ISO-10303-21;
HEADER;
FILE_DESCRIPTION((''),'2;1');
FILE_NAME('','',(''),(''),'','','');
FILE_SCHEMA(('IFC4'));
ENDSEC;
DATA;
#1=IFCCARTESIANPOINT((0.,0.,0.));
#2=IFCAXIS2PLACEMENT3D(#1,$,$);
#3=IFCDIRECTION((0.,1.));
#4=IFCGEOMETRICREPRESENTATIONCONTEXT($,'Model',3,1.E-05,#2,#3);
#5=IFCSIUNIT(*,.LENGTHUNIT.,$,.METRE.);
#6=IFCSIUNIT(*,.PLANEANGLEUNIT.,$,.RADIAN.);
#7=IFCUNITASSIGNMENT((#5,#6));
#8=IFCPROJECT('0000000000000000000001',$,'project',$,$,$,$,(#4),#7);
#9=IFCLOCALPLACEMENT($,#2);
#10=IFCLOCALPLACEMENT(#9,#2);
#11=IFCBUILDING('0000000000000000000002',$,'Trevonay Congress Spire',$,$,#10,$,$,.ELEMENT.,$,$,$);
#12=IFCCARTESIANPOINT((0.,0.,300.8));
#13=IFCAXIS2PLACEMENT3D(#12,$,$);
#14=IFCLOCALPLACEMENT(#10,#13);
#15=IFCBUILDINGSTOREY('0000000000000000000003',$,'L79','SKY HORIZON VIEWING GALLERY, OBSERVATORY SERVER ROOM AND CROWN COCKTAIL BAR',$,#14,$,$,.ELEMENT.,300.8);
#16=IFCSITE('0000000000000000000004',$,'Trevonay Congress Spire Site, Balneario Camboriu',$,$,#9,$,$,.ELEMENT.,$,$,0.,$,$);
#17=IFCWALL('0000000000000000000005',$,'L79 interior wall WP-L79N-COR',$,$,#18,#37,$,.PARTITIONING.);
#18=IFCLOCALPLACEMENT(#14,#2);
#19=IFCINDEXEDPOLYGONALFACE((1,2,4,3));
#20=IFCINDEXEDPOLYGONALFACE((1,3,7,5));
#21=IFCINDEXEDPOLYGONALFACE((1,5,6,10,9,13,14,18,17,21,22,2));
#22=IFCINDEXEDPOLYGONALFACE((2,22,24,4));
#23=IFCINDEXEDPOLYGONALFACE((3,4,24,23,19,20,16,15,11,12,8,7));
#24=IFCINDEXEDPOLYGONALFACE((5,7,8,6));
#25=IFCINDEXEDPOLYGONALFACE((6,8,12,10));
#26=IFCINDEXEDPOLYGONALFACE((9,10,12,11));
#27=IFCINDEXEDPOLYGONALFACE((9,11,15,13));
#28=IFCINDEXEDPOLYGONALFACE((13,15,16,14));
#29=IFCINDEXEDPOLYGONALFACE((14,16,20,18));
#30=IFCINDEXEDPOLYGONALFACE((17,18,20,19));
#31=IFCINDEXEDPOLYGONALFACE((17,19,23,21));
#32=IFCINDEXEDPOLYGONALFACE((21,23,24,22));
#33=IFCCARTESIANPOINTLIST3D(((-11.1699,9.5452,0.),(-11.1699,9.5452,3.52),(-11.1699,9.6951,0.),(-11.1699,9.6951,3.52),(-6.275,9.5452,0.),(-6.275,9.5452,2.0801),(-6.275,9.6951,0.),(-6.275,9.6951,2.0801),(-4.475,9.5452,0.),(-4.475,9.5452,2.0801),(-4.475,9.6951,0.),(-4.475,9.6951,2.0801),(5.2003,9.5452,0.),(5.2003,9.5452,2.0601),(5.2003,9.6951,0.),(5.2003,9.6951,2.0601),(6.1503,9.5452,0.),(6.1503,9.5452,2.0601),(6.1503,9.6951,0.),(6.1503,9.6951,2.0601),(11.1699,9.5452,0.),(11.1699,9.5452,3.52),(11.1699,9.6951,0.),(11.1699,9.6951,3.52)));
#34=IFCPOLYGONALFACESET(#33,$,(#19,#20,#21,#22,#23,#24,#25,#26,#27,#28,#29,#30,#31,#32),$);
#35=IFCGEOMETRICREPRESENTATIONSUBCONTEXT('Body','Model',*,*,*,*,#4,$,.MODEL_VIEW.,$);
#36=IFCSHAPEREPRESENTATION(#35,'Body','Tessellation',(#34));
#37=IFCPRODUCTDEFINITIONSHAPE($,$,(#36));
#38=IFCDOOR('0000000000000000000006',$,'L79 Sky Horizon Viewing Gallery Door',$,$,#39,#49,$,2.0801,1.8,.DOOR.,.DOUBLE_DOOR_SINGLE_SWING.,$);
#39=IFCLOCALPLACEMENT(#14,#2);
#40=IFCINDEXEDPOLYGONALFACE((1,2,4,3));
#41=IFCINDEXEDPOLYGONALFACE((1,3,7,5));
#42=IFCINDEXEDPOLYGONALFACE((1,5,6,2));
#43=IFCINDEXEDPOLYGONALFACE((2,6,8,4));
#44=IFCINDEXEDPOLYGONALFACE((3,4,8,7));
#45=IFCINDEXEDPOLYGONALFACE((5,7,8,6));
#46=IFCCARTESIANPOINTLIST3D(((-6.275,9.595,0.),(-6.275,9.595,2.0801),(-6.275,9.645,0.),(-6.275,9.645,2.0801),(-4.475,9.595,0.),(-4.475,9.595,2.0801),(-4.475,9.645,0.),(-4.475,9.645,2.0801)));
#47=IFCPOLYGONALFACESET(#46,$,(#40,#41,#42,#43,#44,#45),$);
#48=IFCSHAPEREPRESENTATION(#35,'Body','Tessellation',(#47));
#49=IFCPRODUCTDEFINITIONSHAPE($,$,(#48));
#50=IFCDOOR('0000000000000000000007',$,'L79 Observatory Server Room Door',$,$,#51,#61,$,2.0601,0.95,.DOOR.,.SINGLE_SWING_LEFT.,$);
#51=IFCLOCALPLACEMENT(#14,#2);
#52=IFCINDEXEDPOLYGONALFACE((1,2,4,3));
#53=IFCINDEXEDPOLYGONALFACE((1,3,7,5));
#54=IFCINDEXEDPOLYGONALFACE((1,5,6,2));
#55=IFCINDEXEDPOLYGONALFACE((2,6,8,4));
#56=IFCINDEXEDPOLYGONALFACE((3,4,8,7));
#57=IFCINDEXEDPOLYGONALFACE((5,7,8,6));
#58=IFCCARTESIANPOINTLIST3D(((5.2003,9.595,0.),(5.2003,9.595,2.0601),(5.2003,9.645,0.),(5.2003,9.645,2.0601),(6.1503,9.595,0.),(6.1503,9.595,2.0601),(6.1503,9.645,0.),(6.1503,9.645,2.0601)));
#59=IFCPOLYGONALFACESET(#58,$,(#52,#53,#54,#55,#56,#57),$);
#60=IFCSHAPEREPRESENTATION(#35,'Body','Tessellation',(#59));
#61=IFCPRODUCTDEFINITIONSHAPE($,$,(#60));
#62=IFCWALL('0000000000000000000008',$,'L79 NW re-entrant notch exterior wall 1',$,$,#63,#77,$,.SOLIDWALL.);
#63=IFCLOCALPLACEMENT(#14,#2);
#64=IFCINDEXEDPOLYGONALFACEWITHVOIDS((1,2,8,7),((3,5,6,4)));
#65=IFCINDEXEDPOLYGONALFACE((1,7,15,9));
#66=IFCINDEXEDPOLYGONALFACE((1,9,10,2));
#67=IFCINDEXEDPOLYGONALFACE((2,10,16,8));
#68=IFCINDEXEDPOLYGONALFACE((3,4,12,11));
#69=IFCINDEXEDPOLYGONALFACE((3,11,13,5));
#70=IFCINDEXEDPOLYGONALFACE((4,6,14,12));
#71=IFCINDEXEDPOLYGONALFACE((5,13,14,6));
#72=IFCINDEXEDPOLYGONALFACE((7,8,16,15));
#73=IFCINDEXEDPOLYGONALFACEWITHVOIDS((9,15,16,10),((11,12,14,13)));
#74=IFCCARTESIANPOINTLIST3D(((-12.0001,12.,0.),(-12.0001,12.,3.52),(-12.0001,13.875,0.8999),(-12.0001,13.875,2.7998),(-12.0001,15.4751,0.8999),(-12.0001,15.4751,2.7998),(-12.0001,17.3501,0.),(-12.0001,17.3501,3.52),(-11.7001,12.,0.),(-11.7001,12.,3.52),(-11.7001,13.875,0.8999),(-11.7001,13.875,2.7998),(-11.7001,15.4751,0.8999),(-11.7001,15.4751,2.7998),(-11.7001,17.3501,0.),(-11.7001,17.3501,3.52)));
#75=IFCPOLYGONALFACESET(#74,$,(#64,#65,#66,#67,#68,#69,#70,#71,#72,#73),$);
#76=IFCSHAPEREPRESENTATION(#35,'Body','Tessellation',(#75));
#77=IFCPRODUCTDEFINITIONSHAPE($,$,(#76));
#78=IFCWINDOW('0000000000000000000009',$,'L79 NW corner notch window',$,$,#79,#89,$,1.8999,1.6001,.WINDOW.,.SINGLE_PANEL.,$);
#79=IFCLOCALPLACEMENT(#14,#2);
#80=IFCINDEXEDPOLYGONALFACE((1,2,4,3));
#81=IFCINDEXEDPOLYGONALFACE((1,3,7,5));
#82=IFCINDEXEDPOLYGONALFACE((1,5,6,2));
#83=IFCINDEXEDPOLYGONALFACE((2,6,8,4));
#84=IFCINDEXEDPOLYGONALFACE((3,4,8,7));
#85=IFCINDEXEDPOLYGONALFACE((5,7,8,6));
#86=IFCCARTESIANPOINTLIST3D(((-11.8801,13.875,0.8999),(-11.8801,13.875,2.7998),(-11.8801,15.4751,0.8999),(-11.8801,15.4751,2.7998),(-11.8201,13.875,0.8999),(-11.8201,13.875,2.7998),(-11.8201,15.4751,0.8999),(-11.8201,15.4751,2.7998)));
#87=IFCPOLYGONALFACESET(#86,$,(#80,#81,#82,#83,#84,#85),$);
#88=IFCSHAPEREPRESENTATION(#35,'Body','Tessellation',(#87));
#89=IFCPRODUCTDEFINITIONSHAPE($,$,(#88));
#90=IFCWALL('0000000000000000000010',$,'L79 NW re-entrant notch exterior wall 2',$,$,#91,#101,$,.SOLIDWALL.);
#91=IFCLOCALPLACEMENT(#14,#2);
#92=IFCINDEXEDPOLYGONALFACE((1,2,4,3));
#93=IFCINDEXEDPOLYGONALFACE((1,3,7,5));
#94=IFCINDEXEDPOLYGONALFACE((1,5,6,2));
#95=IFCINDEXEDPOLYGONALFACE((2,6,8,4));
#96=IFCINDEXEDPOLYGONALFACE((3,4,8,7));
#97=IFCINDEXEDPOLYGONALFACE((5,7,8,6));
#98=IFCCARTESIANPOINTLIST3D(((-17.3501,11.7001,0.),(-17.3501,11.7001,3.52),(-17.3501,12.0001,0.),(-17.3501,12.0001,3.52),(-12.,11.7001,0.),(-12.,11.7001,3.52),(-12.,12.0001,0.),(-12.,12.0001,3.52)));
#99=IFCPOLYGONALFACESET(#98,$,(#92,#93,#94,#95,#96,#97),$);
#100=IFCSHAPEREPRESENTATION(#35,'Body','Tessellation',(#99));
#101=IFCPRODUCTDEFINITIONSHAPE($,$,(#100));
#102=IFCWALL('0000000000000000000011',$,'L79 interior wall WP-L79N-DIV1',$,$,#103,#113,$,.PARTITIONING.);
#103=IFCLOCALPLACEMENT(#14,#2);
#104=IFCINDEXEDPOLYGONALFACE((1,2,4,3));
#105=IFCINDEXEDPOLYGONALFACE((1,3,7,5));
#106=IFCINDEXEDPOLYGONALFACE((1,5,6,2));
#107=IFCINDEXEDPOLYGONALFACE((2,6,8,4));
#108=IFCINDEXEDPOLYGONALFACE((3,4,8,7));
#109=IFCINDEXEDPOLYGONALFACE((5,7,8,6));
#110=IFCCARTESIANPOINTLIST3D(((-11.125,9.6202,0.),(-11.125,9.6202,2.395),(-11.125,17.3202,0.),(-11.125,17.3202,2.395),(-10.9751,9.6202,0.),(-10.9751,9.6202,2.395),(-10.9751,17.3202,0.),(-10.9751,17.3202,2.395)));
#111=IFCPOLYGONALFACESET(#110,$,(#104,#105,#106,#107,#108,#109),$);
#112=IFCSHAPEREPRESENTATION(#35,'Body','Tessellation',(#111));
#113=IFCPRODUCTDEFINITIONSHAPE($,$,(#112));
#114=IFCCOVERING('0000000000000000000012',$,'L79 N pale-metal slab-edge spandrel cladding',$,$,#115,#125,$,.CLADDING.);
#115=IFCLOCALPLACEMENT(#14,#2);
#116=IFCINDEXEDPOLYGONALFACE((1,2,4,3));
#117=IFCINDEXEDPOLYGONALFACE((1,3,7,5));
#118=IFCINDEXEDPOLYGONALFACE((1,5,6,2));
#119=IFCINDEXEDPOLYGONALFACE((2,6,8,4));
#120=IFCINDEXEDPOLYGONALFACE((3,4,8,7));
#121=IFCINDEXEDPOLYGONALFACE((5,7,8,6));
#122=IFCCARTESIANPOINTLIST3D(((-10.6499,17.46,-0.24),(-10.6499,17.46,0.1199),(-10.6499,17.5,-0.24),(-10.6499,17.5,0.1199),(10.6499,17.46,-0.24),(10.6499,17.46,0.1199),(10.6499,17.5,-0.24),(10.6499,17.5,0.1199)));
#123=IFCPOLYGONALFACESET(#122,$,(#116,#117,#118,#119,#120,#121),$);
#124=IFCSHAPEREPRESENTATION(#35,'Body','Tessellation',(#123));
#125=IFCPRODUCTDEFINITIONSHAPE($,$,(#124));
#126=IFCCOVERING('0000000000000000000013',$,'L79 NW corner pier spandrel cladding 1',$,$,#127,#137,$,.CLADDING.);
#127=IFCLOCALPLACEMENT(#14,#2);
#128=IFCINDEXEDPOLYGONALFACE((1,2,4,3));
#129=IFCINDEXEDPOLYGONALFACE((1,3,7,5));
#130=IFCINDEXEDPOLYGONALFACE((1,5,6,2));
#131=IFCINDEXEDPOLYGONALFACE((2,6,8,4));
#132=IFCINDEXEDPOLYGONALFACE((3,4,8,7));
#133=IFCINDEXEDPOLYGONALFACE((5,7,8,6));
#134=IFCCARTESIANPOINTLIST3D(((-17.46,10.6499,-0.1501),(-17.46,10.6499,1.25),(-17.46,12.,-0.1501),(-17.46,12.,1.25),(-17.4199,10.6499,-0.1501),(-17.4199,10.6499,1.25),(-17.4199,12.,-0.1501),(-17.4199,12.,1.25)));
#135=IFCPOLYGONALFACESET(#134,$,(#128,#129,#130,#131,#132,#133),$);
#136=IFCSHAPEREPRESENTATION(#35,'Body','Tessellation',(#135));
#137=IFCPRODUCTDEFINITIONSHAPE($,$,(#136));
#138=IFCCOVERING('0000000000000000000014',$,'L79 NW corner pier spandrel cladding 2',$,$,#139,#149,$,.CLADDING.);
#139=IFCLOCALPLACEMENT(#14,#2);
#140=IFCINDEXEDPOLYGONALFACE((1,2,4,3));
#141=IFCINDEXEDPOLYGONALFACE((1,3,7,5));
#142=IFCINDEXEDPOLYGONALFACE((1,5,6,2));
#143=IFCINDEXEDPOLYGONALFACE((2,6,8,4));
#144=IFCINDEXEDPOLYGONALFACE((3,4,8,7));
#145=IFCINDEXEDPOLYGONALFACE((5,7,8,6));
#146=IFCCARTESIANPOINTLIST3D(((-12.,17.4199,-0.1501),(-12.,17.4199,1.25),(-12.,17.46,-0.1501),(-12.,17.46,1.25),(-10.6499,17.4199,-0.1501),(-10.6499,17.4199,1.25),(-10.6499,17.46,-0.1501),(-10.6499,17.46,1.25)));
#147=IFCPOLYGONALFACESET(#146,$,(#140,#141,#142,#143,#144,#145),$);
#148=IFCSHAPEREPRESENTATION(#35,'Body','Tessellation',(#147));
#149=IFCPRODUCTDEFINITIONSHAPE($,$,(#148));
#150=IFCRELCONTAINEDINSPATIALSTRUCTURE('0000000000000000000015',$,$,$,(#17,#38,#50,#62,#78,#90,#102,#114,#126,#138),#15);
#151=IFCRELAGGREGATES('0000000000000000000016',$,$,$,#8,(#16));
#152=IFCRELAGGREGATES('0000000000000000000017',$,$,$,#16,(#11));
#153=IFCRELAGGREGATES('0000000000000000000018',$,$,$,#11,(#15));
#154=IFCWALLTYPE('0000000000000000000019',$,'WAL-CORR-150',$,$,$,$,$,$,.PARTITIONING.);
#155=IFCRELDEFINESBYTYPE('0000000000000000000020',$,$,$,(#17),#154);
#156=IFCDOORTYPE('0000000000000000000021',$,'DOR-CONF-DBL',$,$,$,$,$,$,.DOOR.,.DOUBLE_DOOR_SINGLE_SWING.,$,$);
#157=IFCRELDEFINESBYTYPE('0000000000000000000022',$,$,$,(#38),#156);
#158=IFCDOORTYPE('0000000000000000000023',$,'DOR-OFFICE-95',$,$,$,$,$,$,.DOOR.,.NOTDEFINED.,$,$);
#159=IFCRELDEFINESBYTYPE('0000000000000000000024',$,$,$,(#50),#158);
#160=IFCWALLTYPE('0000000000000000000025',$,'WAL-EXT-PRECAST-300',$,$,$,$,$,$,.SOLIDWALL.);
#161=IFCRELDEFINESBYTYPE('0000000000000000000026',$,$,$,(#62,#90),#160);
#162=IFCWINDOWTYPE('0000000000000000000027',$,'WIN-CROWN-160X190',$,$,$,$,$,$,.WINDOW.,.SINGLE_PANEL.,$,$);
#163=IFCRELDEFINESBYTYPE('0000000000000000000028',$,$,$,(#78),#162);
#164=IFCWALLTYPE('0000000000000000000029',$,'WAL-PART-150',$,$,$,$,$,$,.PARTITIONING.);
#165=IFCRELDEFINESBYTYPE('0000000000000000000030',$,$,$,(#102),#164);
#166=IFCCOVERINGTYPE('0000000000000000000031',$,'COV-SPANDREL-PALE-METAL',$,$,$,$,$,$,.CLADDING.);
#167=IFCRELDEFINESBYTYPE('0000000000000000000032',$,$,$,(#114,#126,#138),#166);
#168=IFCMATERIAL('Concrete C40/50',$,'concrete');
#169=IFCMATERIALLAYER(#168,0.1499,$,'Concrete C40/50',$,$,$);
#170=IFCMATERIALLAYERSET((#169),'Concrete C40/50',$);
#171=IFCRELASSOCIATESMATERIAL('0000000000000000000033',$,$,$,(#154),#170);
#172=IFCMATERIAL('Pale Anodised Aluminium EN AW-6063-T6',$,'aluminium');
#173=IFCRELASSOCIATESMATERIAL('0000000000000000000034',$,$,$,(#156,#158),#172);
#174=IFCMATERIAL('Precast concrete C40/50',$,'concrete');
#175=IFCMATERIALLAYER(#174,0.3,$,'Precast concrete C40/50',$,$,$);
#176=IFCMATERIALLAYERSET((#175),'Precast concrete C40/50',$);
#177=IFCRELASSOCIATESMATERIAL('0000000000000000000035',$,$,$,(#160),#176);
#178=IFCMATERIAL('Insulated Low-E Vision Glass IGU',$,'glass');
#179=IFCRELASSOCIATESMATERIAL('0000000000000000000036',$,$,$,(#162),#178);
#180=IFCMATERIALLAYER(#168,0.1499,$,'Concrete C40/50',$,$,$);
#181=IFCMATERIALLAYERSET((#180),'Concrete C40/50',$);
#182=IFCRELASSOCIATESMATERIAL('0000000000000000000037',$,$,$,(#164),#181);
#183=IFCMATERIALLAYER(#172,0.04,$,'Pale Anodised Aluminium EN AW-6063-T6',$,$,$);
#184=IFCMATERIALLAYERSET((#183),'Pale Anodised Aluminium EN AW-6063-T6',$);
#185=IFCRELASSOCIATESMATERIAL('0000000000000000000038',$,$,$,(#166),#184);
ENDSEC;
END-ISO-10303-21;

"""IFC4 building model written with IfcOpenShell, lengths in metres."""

from ifc_helpers import new_model, si_unit, direction, frame, frame_2d, origin, place, context, subcontext, project, spatial, rectangle, extrude, material, layer, layer_set, type_object, element, fill, save


model = new_model("IFC4")

# Units and contexts
model_context = context("Model", 3, precision=1e-05, world=origin(), true_north=direction((0.0, 1.0)))
body_context = subcontext(model_context, "Body", "Model", "MODEL_VIEW")
ifc_project = project(units=[si_unit("LENGTHUNIT", "METRE"), si_unit("PLANEANGLEUNIT", "RADIAN")], contexts=[model_context])

# Site, building, storey
site_placement = place(None, origin())
site = spatial("IfcSite", under=ifc_project, at=site_placement, Name="Trevonay Congress Spire Site, Balneario Camboriu", CompositionType="ELEMENT", RefElevation=0.0)
building_placement = place(site_placement, origin())
building = spatial("IfcBuilding", under=site, at=building_placement, Name="Trevonay Congress Spire", CompositionType="ELEMENT")
storey_placement = place(building_placement, frame((0.0, 0.0, 300.8)))
storey = spatial("IfcBuildingStorey", under=building, at=storey_placement, Name="L79", Description="SKY HORIZON VIEWING GALLERY, OBSERVATORY SERVER ROOM AND CROWN COCKTAIL BAR", CompositionType="ELEMENT", Elevation=300.8)

# Shared definitions
ifc_material_1 = material(Name="Pale Anodised Aluminium EN AW-6063-T6", Category="aluminium")

# Shared definitions
ifc_material_2 = material(Name="Insulated Low-E Vision Glass IGU", Category="glass")

# Wall, openings, doors
ifc_material_3 = material(Name="Concrete C40/50", Category="concrete")
ifc_layer_1 = layer(ifc_material_3, 0.1499, Name="Concrete C40/50")
ifc_layer_set_1 = layer_set([ifc_layer_1], Name="Concrete C40/50")
wall_type_1 = type_object("IfcWallType", Name="WAL-CORR-150", PredefinedType="PARTITIONING", material=ifc_layer_set_1)
wall_1_placement = place(storey_placement, frame((-11.1699, 9.6201, 0.0), z_axis=(0.0, 0.0, 1.0), x_axis=(1.0, 0.0, 0.0)))
wall_1 = element("IfcWall", 1, at=wall_1_placement, inside=storey, type_object=wall_type_1, Name="L79 interior wall WP-L79N-COR", PredefinedType="PARTITIONING", context=body_context, shape_type="SweptSolid", body=[
    extrude(rectangle(XDim=22.3398, YDim=0.1499, at=frame_2d((11.1699, 0.0))), origin(), (0.0, 0.0, 1.0), 3.52),
])
opening_1_placement = place(wall_1_placement, frame((4.895, 0.0, 0.0)))
opening_1 = element("IfcOpeningElement", 2, at=opening_1_placement, cuts=wall_1, PredefinedType="OPENING", context=body_context, shape_type="SweptSolid", body=[
    extrude(rectangle(XDim=1.8, YDim=2.0801, at=frame_2d((0.8999, 1.04))), frame((0.0, 0.085, 0.0), z_axis=(0.0, -1.0, 0.0), x_axis=(1.0, 0.0, 0.0)), (0.0, 0.0, 1.0), 0.1699),
])
opening_2_placement = place(wall_1_placement, frame((16.3701, 0.0, 0.0)))
opening_2 = element("IfcOpeningElement", 3, at=opening_2_placement, cuts=wall_1, PredefinedType="OPENING", context=body_context, shape_type="SweptSolid", body=[
    extrude(rectangle(XDim=0.95, YDim=2.0601, at=frame_2d((0.4751, 1.03))), frame((0.0, 0.085, 0.0), z_axis=(0.0, -1.0, 0.0), x_axis=(1.0, 0.0, 0.0)), (0.0, 0.0, 1.0), 0.1699),
])
door_type_1 = type_object("IfcDoorType", Name="DOR-CONF-DBL", OperationType="DOUBLE_DOOR_SINGLE_SWING", PredefinedType="DOOR", material=ifc_material_1)
door_1_placement = place(opening_1_placement, origin())
door_1 = element("IfcDoor", 4, at=door_1_placement, inside=storey, type_object=door_type_1, Name="L79 Sky Horizon Viewing Gallery Door", OperationType="DOUBLE_DOOR_SINGLE_SWING", OverallHeight=2.0801, OverallWidth=1.8, PredefinedType="DOOR", context=body_context, shape_type="SweptSolid", body=[
    extrude(rectangle(XDim=1.8, YDim=2.0801, at=frame_2d((0.8999, 1.04))), frame((0.0, 0.0249, 0.0), z_axis=(0.0, -1.0, 0.0), x_axis=(1.0, 0.0, 0.0)), (0.0, 0.0, 1.0), 0.05),
])
fill(opening_1, door_1)
door_type_2 = type_object("IfcDoorType", Name="DOR-OFFICE-95", OperationType="NOTDEFINED", PredefinedType="DOOR", material=ifc_material_1)
door_2_placement = place(opening_2_placement, origin())
door_2 = element("IfcDoor", 5, at=door_2_placement, inside=storey, type_object=door_type_2, Name="L79 Observatory Server Room Door", OperationType="SINGLE_SWING_LEFT", OverallHeight=2.0601, OverallWidth=0.95, PredefinedType="DOOR", context=body_context, shape_type="SweptSolid", body=[
    extrude(rectangle(XDim=0.95, YDim=2.0601, at=frame_2d((0.4751, 1.03))), frame((0.0, 0.0249, 0.0), z_axis=(0.0, -1.0, 0.0), x_axis=(1.0, 0.0, 0.0)), (0.0, 0.0, 1.0), 0.05),
])
fill(opening_2, door_2)

# Wall, opening, window
ifc_material_4 = material(Name="Precast concrete C40/50", Category="concrete")
ifc_layer_2 = layer(ifc_material_4, 0.3, Name="Precast concrete C40/50")
ifc_layer_set_2 = layer_set([ifc_layer_2], Name="Precast concrete C40/50")
wall_type_2 = type_object("IfcWallType", Name="WAL-EXT-PRECAST-300", PredefinedType="SOLIDWALL", material=ifc_layer_set_2)
wall_2_placement = place(storey_placement, frame((-11.8501, 17.3501, 0.0), z_axis=(0.0, 0.0, 1.0), x_axis=(0.0, -1.0, 0.0)))
wall_2 = element("IfcWall", 6, at=wall_2_placement, inside=storey, type_object=wall_type_2, Name="L79 NW re-entrant notch exterior wall 1", PredefinedType="SOLIDWALL", context=body_context, shape_type="SweptSolid", body=[
    extrude(rectangle(XDim=5.3501, YDim=0.3, at=frame_2d((2.675, 0.0))), origin(), (0.0, 0.0, 1.0), 3.52),
])
opening_3_placement = place(wall_2_placement, frame((1.875, 0.0, 0.8999)))
opening_3 = element("IfcOpeningElement", 7, at=opening_3_placement, cuts=wall_2, PredefinedType="OPENING", context=body_context, shape_type="SweptSolid", body=[
    extrude(rectangle(XDim=1.6001, YDim=1.8999, at=frame_2d((0.8, 0.95))), frame((0.0, 0.1602, 0.0), z_axis=(0.0, -1.0, 0.0), x_axis=(1.0, 0.0, 0.0)), (0.0, 0.0, 1.0), 0.3201),
])
window_type = type_object("IfcWindowType", Name="WIN-CROWN-160X190", PartitioningType="SINGLE_PANEL", PredefinedType="WINDOW", material=ifc_material_2)
window_placement = place(opening_3_placement, origin())
window = element("IfcWindow", 8, at=window_placement, inside=storey, type_object=window_type, Name="L79 NW corner notch window", OverallHeight=1.8999, OverallWidth=1.6001, PartitioningType="SINGLE_PANEL", PredefinedType="WINDOW", context=body_context, shape_type="SweptSolid", body=[
    extrude(rectangle(XDim=1.6001, YDim=1.8999, at=frame_2d((0.8, 0.95))), frame((0.0, 0.03, 0.0), z_axis=(0.0, -1.0, 0.0), x_axis=(1.0, 0.0, 0.0)), (0.0, 0.0, 1.0), 0.0601),
])
fill(opening_3, window)

# Walls
wall_3_placement = place(storey_placement, frame((-17.3501, 11.8501, 0.0), z_axis=(0.0, 0.0, 1.0), x_axis=(1.0, 0.0, 0.0)))
element("IfcWall", 9, at=wall_3_placement, inside=storey, type_object=wall_type_2, Name="L79 NW re-entrant notch exterior wall 2", PredefinedType="SOLIDWALL", context=body_context, shape_type="SweptSolid", body=[
    extrude(rectangle(XDim=5.3501, YDim=0.3, at=frame_2d((2.675, 0.0))), origin(), (0.0, 0.0, 1.0), 3.52),
])
ifc_layer_3 = layer(ifc_material_3, 0.1499, Name="Concrete C40/50")
ifc_layer_set_3 = layer_set([ifc_layer_3], Name="Concrete C40/50")
wall_type_3 = type_object("IfcWallType", Name="WAL-PART-150", PredefinedType="PARTITIONING", material=ifc_layer_set_3)
wall_4_placement = place(storey_placement, frame((-11.05, 9.6201, 0.0), z_axis=(0.0, 0.0, 1.0), x_axis=(0.0, 1.0, 0.0)))
element("IfcWall", 10, at=wall_4_placement, inside=storey, type_object=wall_type_3, Name="L79 interior wall WP-L79N-DIV1", PredefinedType="PARTITIONING", context=body_context, shape_type="SweptSolid", body=[
    extrude(rectangle(XDim=7.7, YDim=0.1499, at=frame_2d((3.8501, 0.0))), origin(), (0.0, 0.0, 1.0), 2.395),
])

# Coverings
ifc_layer_4 = layer(ifc_material_1, 0.04, Name="Pale Anodised Aluminium EN AW-6063-T6")
ifc_layer_set_4 = layer_set([ifc_layer_4], Name="Pale Anodised Aluminium EN AW-6063-T6")
covering_type = type_object("IfcCoveringType", Name="COV-SPANDREL-PALE-METAL", PredefinedType="CLADDING", material=ifc_layer_set_4)
covering_placement = place(storey_placement, frame((-10.6499, 17.48, -0.24), z_axis=(0.0, 0.0, 1.0), x_axis=(1.0, 0.0, 0.0)))
element("IfcCovering", 11, at=covering_placement, inside=storey, type_object=covering_type, Name="L79 N pale-metal slab-edge spandrel cladding", PredefinedType="CLADDING", context=body_context, shape_type="SweptSolid", body=[
    extrude(rectangle(XDim=21.2998, YDim=0.04, at=frame_2d((10.6499, 0.0))), origin(), (0.0, 0.0, 1.0), 0.3599),
])
for number, where, z_axis, x_axis, name in (
    (12, (-17.4399, 10.6499, -0.1501), (0.0, 0.0, 1.0), (0.0, 1.0, 0.0), "L79 NW corner pier spandrel cladding 1"),
    (13, (-10.6499, 17.4399, -0.1501), (0.0, 0.0, 1.0), (-1.0, 0.0, 0.0), "L79 NW corner pier spandrel cladding 2"),
):
    element("IfcCovering", number, at=place(storey_placement, frame(where, z_axis=z_axis, x_axis=x_axis)), inside=storey, type_object=covering_type, Name=name, PredefinedType="CLADDING", context=body_context, shape_type="SweptSolid", body=[
        extrude(rectangle(XDim=1.3501, YDim=0.04, at=frame_2d((0.675, 0.0))), origin(), (0.0, 0.0, 1.0), 1.4001),
    ])

save(model, "model.ifc")
